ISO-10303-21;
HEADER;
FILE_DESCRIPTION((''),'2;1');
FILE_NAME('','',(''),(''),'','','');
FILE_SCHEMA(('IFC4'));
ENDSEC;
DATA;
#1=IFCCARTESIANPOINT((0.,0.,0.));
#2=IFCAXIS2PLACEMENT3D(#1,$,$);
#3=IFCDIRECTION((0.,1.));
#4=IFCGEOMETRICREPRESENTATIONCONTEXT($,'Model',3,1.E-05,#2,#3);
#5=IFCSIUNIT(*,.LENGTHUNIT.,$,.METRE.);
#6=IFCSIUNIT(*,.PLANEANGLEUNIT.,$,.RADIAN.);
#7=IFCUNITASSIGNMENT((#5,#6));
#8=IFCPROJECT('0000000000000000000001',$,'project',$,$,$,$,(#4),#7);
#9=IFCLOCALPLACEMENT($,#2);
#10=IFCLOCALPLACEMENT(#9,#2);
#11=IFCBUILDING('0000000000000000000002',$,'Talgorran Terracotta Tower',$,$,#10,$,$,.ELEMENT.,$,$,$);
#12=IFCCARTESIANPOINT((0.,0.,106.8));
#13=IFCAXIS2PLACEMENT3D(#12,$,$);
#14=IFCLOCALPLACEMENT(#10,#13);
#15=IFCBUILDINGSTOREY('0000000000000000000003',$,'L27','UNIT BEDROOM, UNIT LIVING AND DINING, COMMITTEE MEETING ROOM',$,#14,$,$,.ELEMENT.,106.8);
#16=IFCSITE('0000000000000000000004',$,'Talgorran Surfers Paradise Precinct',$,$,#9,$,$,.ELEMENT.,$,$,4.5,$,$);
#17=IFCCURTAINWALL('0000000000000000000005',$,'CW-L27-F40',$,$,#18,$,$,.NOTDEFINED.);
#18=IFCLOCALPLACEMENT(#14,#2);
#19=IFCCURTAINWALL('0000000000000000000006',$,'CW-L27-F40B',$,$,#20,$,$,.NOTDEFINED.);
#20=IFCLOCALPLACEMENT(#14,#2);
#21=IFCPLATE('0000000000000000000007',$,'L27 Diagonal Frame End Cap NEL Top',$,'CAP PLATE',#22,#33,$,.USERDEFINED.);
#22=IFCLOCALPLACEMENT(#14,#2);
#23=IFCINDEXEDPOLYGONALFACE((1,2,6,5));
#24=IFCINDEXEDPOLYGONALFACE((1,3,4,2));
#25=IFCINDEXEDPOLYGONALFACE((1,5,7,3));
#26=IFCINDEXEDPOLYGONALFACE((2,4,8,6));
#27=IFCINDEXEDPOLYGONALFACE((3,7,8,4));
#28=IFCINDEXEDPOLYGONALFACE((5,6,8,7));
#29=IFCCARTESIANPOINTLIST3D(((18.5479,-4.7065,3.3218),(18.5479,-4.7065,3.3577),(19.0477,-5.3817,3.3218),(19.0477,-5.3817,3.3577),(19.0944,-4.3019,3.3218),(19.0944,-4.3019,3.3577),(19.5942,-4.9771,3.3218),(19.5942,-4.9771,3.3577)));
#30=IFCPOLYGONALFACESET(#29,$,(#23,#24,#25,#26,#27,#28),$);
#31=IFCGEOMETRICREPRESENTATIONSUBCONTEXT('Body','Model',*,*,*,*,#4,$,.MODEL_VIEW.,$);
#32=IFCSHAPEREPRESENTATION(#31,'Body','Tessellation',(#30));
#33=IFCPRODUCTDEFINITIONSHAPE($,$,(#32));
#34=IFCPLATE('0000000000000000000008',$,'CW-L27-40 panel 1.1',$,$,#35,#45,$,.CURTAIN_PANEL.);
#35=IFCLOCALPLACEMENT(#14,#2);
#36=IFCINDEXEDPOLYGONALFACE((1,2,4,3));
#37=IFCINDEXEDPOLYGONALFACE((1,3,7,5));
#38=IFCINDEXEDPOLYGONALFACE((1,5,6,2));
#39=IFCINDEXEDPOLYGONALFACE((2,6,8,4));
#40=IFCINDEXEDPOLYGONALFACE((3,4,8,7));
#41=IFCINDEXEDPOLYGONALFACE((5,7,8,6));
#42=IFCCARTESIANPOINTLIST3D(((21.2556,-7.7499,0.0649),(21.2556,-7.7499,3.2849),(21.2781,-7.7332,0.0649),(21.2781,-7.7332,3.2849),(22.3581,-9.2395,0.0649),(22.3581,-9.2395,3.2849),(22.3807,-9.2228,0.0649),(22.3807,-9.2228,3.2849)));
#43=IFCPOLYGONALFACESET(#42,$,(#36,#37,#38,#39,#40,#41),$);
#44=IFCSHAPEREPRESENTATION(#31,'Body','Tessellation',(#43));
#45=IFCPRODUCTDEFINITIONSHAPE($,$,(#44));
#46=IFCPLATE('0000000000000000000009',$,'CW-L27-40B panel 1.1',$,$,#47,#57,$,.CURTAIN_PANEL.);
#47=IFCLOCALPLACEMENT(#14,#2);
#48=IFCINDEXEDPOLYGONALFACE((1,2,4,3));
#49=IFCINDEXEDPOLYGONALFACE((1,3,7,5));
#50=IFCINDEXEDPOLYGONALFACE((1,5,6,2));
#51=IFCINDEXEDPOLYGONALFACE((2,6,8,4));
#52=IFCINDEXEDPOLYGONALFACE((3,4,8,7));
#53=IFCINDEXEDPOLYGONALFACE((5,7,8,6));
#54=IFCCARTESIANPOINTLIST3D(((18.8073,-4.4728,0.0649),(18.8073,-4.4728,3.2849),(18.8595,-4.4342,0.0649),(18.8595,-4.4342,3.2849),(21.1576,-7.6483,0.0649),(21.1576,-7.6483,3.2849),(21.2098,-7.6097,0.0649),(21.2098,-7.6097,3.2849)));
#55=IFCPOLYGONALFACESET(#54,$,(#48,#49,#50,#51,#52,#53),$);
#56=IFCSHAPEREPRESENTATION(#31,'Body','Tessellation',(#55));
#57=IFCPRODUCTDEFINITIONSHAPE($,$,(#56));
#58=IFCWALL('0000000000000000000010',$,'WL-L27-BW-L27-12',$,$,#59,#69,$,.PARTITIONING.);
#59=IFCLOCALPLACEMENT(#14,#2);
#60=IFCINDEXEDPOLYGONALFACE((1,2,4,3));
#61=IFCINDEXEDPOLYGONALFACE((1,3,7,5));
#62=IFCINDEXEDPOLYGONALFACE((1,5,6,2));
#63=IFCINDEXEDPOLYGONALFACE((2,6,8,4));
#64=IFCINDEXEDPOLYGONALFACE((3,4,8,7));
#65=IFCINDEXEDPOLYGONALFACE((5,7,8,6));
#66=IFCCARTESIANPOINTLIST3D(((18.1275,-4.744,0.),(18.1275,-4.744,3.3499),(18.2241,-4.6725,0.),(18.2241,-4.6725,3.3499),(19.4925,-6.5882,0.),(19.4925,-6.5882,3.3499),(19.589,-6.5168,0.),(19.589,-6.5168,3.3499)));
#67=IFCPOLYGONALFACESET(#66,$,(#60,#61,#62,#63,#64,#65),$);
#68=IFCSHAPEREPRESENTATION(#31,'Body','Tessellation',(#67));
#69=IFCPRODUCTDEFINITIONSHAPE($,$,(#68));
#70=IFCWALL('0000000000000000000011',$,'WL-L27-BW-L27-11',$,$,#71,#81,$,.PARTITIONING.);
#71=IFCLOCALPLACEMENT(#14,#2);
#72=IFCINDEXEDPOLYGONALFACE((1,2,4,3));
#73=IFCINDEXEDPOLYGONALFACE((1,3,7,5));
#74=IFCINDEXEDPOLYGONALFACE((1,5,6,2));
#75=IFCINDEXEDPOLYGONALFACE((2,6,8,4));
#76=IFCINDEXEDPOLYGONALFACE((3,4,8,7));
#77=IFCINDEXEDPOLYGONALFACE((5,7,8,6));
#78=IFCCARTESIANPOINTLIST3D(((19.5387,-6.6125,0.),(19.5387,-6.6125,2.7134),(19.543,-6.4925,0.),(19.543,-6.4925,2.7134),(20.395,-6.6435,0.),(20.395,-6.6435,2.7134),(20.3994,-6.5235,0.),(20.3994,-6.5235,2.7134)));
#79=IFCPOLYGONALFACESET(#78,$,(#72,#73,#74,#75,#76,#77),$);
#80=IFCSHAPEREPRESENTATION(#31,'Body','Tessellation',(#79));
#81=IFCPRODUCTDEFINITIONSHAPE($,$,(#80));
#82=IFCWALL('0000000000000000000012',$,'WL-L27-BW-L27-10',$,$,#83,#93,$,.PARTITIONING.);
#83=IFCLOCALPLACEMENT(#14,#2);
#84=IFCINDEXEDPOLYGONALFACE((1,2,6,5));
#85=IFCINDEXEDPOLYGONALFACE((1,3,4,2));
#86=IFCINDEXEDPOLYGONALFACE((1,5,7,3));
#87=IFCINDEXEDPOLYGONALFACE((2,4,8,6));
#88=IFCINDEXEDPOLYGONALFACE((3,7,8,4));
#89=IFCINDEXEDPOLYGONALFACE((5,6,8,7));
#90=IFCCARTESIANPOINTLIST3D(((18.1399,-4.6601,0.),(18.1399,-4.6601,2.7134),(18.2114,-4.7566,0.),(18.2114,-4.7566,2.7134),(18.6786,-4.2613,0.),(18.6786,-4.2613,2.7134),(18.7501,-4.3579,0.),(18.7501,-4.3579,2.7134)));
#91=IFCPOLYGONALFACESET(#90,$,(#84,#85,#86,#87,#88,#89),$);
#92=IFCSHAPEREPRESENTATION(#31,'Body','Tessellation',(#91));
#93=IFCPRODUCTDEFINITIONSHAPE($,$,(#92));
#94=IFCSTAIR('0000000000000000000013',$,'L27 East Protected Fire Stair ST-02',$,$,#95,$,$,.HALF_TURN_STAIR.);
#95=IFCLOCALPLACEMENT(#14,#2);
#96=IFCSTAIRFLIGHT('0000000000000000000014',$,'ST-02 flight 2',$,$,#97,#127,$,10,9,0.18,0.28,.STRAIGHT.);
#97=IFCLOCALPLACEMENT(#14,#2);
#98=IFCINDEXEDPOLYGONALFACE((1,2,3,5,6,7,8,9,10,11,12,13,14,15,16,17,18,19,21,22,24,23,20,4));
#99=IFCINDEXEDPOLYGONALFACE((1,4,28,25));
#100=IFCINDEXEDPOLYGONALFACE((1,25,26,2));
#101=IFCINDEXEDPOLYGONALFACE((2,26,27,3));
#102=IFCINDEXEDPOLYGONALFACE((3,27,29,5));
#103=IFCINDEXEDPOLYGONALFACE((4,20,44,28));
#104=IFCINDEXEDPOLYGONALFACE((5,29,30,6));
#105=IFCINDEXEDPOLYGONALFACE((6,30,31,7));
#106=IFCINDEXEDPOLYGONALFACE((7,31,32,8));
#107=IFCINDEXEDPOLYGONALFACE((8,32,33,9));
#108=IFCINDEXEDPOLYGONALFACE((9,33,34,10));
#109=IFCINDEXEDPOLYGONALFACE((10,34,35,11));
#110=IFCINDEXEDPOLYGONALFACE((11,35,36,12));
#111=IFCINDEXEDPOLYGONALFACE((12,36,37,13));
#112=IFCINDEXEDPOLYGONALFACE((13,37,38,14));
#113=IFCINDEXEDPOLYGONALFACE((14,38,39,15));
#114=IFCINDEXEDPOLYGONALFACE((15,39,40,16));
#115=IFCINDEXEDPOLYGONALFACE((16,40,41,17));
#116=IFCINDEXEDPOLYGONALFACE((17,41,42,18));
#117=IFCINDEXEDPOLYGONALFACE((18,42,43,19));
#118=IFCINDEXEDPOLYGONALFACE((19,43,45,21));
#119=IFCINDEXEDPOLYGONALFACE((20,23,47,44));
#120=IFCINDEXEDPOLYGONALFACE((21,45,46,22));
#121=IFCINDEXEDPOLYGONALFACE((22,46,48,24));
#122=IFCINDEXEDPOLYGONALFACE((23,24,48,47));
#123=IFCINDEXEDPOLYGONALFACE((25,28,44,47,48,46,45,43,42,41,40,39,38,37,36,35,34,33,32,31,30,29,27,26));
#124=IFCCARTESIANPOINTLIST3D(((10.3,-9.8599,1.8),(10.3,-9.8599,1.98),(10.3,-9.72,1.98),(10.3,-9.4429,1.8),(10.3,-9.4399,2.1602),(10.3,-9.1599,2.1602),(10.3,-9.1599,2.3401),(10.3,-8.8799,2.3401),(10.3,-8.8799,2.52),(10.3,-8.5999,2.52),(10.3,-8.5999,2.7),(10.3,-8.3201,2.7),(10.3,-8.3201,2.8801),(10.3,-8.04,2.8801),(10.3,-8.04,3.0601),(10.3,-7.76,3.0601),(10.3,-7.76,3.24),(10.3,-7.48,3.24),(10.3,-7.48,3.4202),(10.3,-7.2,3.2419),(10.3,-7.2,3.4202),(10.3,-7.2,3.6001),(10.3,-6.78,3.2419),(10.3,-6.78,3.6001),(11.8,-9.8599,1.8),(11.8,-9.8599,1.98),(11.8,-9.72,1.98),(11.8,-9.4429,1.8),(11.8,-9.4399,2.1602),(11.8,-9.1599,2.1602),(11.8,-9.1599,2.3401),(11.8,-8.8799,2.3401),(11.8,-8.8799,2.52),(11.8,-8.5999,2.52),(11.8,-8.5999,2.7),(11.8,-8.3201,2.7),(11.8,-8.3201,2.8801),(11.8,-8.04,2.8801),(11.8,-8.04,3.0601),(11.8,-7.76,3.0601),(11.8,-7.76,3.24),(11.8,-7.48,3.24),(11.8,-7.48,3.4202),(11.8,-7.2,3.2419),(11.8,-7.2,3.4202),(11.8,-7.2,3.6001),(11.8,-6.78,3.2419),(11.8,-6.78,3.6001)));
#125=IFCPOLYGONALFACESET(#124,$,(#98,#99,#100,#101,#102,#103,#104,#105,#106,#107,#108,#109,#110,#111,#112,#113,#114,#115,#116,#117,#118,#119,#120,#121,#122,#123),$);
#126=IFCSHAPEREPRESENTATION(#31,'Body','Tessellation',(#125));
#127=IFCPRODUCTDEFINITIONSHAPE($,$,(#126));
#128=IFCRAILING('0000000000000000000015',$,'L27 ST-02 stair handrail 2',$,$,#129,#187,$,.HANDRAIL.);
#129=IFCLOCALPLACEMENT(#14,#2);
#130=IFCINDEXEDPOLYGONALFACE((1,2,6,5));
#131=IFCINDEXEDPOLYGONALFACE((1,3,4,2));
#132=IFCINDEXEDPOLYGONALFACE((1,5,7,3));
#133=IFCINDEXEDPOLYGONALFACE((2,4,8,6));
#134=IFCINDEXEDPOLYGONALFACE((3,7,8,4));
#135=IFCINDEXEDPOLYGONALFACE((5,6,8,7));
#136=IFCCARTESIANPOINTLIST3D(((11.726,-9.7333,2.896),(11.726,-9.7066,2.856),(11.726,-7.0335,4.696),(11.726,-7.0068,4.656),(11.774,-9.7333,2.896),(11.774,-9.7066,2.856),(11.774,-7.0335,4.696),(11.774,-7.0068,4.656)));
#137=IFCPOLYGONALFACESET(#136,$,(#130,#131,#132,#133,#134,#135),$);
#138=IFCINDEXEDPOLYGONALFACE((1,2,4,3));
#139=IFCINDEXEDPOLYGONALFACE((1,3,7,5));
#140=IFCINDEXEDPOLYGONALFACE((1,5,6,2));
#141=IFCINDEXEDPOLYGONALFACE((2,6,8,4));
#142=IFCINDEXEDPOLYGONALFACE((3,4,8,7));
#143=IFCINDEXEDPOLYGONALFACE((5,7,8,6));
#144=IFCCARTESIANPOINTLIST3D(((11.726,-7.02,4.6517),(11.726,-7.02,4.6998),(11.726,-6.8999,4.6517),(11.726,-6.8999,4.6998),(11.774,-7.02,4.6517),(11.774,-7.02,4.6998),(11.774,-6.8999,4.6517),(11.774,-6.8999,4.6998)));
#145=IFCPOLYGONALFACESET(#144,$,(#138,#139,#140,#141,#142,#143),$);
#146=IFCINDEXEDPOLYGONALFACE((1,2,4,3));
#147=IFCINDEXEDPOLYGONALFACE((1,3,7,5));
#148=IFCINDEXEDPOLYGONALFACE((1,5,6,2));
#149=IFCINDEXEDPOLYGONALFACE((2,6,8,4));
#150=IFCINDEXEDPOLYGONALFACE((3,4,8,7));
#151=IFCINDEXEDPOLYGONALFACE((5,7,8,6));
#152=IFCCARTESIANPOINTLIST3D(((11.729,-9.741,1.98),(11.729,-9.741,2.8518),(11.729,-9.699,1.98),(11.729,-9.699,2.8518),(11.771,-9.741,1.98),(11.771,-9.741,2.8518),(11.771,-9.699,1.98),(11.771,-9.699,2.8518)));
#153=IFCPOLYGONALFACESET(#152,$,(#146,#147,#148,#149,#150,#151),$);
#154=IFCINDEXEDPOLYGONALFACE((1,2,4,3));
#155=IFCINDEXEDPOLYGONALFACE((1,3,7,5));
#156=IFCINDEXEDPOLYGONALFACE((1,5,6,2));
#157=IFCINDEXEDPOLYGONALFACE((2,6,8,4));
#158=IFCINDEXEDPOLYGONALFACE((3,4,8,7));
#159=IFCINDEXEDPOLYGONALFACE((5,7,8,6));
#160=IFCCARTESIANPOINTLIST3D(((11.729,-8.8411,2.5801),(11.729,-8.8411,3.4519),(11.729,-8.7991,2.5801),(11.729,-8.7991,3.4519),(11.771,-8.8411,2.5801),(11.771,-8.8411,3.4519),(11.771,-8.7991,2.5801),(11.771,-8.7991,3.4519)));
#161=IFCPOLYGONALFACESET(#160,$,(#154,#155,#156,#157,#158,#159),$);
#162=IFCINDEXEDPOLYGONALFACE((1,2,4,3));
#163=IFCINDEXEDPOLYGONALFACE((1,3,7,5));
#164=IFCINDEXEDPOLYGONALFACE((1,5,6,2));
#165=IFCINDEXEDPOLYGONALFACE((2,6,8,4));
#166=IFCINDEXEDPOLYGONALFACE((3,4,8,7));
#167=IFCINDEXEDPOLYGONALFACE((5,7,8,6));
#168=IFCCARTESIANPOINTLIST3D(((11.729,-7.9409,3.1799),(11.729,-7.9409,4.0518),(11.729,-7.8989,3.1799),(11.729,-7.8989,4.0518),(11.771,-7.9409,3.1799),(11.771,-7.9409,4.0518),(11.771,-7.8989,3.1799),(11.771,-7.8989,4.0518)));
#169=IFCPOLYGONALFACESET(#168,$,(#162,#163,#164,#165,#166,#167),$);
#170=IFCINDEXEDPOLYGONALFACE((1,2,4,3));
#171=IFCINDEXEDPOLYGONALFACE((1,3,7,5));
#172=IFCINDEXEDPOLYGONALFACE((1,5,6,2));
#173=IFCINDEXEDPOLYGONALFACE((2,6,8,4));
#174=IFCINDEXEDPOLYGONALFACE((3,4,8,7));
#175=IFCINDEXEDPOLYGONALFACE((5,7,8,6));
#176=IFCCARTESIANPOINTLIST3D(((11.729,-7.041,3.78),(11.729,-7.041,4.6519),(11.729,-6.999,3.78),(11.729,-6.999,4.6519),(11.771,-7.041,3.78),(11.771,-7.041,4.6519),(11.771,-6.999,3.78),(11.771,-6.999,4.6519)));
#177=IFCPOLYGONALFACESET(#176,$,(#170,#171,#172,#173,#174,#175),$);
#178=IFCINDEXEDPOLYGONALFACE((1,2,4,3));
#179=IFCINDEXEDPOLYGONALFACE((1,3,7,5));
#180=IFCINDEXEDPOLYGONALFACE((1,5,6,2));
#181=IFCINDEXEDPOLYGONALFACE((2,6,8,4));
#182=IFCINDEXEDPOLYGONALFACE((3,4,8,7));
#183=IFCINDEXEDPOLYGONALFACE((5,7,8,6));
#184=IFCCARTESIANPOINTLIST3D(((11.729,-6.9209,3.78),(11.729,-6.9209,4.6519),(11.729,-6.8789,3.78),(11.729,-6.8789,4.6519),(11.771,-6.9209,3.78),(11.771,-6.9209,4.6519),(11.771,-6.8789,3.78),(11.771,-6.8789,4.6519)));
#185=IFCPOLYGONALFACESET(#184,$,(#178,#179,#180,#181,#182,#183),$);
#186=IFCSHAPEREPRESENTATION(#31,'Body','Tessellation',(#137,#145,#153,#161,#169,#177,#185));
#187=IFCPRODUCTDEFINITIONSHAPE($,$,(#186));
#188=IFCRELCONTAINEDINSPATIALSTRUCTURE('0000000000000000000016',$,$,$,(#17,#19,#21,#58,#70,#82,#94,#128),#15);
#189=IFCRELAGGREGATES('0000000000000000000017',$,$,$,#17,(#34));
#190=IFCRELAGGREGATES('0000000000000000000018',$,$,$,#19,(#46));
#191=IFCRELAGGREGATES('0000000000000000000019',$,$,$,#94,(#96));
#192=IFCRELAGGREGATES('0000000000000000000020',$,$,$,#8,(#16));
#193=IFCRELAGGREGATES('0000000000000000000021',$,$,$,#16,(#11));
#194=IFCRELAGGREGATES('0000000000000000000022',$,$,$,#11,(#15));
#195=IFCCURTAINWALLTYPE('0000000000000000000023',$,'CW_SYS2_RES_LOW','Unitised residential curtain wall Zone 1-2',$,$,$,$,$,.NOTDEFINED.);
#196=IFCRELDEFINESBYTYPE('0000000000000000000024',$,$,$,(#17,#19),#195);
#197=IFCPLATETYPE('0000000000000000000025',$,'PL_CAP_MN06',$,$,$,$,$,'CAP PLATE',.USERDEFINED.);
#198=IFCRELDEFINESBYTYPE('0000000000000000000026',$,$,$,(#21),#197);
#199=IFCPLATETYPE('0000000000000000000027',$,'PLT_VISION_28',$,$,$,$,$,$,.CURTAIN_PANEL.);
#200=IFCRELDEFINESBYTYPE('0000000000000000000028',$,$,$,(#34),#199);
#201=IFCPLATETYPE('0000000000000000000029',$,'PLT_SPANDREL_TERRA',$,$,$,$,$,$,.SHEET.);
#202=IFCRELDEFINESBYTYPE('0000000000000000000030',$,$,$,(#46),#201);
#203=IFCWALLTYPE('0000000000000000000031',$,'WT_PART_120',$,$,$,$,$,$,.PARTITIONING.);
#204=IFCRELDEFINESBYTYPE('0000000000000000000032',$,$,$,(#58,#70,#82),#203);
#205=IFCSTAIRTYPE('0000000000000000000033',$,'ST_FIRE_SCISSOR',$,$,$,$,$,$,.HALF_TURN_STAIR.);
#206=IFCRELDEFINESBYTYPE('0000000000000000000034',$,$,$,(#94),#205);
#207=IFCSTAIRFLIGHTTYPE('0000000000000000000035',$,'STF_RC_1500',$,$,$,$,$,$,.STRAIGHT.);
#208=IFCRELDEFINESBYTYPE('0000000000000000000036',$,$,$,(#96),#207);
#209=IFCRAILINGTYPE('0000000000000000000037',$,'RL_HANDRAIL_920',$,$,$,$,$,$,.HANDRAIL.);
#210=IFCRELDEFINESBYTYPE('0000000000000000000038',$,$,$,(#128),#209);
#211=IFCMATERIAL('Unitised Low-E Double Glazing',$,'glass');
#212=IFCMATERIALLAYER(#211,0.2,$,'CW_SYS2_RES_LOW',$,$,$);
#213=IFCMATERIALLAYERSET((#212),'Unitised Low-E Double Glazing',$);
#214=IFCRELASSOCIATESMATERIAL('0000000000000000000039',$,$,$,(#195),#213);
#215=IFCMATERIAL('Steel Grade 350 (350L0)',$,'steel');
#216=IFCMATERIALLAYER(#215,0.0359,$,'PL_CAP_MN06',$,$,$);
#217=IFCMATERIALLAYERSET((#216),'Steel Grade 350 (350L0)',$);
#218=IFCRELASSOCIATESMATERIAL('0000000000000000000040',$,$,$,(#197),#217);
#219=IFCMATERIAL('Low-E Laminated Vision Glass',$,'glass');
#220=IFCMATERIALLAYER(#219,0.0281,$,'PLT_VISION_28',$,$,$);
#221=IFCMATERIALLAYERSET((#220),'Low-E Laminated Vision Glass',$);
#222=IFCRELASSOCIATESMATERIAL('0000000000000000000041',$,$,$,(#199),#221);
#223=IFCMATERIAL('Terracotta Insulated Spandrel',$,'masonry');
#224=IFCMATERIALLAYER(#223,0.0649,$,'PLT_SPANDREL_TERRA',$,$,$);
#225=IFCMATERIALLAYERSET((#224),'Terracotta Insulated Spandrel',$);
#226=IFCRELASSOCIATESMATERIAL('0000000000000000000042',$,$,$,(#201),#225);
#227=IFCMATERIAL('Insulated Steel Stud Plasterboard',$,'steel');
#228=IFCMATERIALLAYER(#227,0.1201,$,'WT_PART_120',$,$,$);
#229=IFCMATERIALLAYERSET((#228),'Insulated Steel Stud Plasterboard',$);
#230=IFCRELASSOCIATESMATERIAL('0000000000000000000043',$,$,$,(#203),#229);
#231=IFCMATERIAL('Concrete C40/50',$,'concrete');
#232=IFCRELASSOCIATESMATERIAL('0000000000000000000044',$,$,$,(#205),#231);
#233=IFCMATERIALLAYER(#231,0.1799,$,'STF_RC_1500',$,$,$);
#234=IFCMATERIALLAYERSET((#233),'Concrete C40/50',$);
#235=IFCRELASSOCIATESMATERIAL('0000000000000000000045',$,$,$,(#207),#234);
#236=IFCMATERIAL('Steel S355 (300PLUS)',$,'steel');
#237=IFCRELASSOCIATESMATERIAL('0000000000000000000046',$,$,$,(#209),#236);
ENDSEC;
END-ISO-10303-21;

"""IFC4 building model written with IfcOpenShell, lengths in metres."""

from ifc_helpers import new_model, si_unit, direction, frame, frame_2d, origin, origin_2d, place, context, subcontext, project, spatial, polyline, rectangle, outline, extrude, source, transform, mapped, material, layer, layer_set, type_object, type_shapes, element, aggregate, save


model = new_model("IFC4")

# Units and contexts
model_context = context("Model", 3, precision=1e-05, world=origin(), true_north=direction((0.0, 1.0)))
body_context = subcontext(model_context, "Body", "Model", "MODEL_VIEW")
ifc_project = project(units=[si_unit("LENGTHUNIT", "METRE"), si_unit("PLANEANGLEUNIT", "RADIAN")], contexts=[model_context])

# Site, building, storey
site_placement = place(None, origin())
site = spatial("IfcSite", under=ifc_project, at=site_placement, Name="Talgorran Surfers Paradise Precinct", CompositionType="ELEMENT", RefElevation=4.5)
building_placement = place(site_placement, origin())
building = spatial("IfcBuilding", under=site, at=building_placement, Name="Talgorran Terracotta Tower", CompositionType="ELEMENT")
storey_placement = place(building_placement, frame((0.0, 0.0, 106.8)))
storey = spatial("IfcBuildingStorey", under=building, at=storey_placement, Name="L27", Description="UNIT BEDROOM, UNIT LIVING AND DINING, COMMITTEE MEETING ROOM", CompositionType="ELEMENT", Elevation=106.8)

# Shared definitions
ifc_material_1 = material(Name="Steel Grade 350 (350L0)", Category="steel")

# Shared definitions
ifc_material_2 = material(Name="Steel S355 (300PLUS)", Category="steel")

# Shared definitions
ifc_material_3 = material(Name="Unitised Low-E Double Glazing", Category="glass")
ifc_layer_1 = layer(ifc_material_3, 0.2, Name="CW_SYS2_RES_LOW")
ifc_layer_set_1 = layer_set([ifc_layer_1], Name="Unitised Low-E Double Glazing")
curtain_wall_type = type_object("IfcCurtainWallType", Name="CW_SYS2_RES_LOW", Description="Unitised residential curtain wall Zone 1-2", PredefinedType="NOTDEFINED", material=ifc_layer_set_1)

# Curtain wall
curtain_wall_1_placement = place(storey_placement, origin())
curtain_wall_1 = element("IfcCurtainWall", 1, at=curtain_wall_1_placement, inside=storey, type_object=curtain_wall_type, Name="CW-L27-F40", PredefinedType="NOTDEFINED")

# Curtain wall
curtain_wall_2_placement = place(storey_placement, origin())
curtain_wall_2 = element("IfcCurtainWall", 2, at=curtain_wall_2_placement, inside=storey, type_object=curtain_wall_type, Name="CW-L27-F40B", PredefinedType="NOTDEFINED")

# Plate
ifc_layer_2 = layer(ifc_material_1, 0.0359, Name="PL_CAP_MN06")
ifc_layer_set_2 = layer_set([ifc_layer_2], Name="Steel Grade 350 (350L0)")
plate_type_1 = type_object("IfcPlateType", Name="PL_CAP_MN06", ElementType="CAP PLATE", PredefinedType="USERDEFINED", material=ifc_layer_set_2)
for number, where, z_axis, x_axis, name in (
    (3, (19.071, -4.8418, 3.3218), (0.0, 0.0, 1.0), (-0.594963, 0.803753, 0.0), "L27 Diagonal Frame End Cap NEL Top"),
):
    element("IfcPlate", number, at=place(storey_placement, frame(where, z_axis=z_axis, x_axis=x_axis)), inside=storey, type_object=plate_type_1, Name=name, ObjectType="CAP PLATE", PredefinedType="USERDEFINED", context=body_context, shape_type="SweptSolid", body=[
        extrude(rectangle(XDim=0.8401, YDim=0.6799, at=origin_2d()), origin(), (0.0, 0.0, 1.0), 0.0359),
    ])

# Plates
ifc_material_4 = material(Name="Low-E Laminated Vision Glass", Category="glass")
ifc_layer_3 = layer(ifc_material_4, 0.0281, Name="PLT_VISION_28")
ifc_layer_set_3 = layer_set([ifc_layer_3], Name="Low-E Laminated Vision Glass")
plate_type_2 = type_object("IfcPlateType", Name="PLT_VISION_28", PredefinedType="CURTAIN_PANEL", material=ifc_layer_set_3)
shared_shape_1 = source(origin(), body_context, "Body", "SweptSolid", [
    extrude(rectangle(XDim=1.8533, YDim=0.0281, at=origin_2d()), origin(), (0.0, 0.0, 1.0), 3.22),
])
type_shapes(plate_type_2, [shared_shape_1])
plate_1_placement = place(storey_placement, frame((21.8181, -8.4863, 0.0649), z_axis=(0.0, 0.0, 1.0), x_axis=(-0.594906, 0.803796, 0.0)))
plate_1 = element("IfcPlate", 4, at=plate_1_placement, type_object=plate_type_2, Name="CW-L27-40 panel 1.1", PredefinedType="CURTAIN_PANEL", context=body_context, shape_type="MappedRepresentation", body=[
    mapped(shared_shape_1, transform((0.0, 0.0, 0.0), scale=1.0)),
])
aggregate(curtain_wall_1, [plate_1])
ifc_material_5 = material(Name="Terracotta Insulated Spandrel", Category="masonry")
ifc_layer_4 = layer(ifc_material_5, 0.0649, Name="PLT_SPANDREL_TERRA")
ifc_layer_set_4 = layer_set([ifc_layer_4], Name="Terracotta Insulated Spandrel")
plate_type_3 = type_object("IfcPlateType", Name="PLT_SPANDREL_TERRA", PredefinedType="SHEET", material=ifc_layer_set_4)
shared_shape_2 = source(origin(), body_context, "Body", "SweptSolid", [
    extrude(rectangle(XDim=3.9507, YDim=0.0649, at=origin_2d()), origin(), (0.0, 0.0, 1.0), 3.22),
])
type_shapes(plate_type_3, [shared_shape_2])
plate_2_placement = place(storey_placement, frame((20.0085, -6.0413, 0.0649), z_axis=(0.0, 0.0, 1.0), x_axis=(-0.59491, 0.803792, 0.0)))
plate_2 = element("IfcPlate", 5, at=plate_2_placement, type_object=plate_type_3, Name="CW-L27-40B panel 1.1", PredefinedType="CURTAIN_PANEL", context=body_context, shape_type="MappedRepresentation", body=[
    mapped(shared_shape_2, transform((0.0, 0.0, 0.0), scale=1.0)),
])
aggregate(curtain_wall_2, [plate_2])

# Walls
ifc_material_6 = material(Name="Insulated Steel Stud Plasterboard", Category="steel")
ifc_layer_5 = layer(ifc_material_6, 0.1201, Name="WT_PART_120")
ifc_layer_set_5 = layer_set([ifc_layer_5], Name="Insulated Steel Stud Plasterboard")
wall_type = type_object("IfcWallType", Name="WT_PART_120", PredefinedType="PARTITIONING", material=ifc_layer_set_5)
wall_1_placement = place(storey_placement, frame((19.5408, -6.5525, 0.0), z_axis=(0.0, 0.0, 1.0), x_axis=(-0.594915, 0.803789, 0.0)))
element("IfcWall", 6, at=wall_1_placement, inside=storey, type_object=wall_type, Name="WL-L27-BW-L27-12", PredefinedType="PARTITIONING", context=body_context, shape_type="SweptSolid", body=[
    extrude(rectangle(XDim=2.2944, YDim=0.1201, at=frame_2d((1.1472, 0.0))), origin(), (0.0, 0.0, 1.0), 3.3499),
])
wall_2_placement = place(storey_placement, frame((20.3972, -6.5835, 0.0), z_axis=(0.0, 0.0, 1.0), x_axis=(-0.999345, 0.036179, 0.0)))
element("IfcWall", 7, at=wall_2_placement, inside=storey, type_object=wall_type, Name="WL-L27-BW-L27-11", PredefinedType="PARTITIONING", context=body_context, shape_type="SweptSolid", body=[
    extrude(rectangle(XDim=0.8569, YDim=0.1201, at=frame_2d((0.4285, 0.0))), origin(), (0.0, 0.0, 1.0), 2.7134),
])
wall_3_placement = place(storey_placement, frame((18.1758, -4.7083, 0.0), z_axis=(0.0, 0.0, 1.0), x_axis=(0.803744, 0.594975, 0.0)))
element("IfcWall", 8, at=wall_3_placement, inside=storey, type_object=wall_type, Name="WL-L27-BW-L27-10", PredefinedType="PARTITIONING", context=body_context, shape_type="SweptSolid", body=[
    extrude(rectangle(XDim=0.6702, YDim=0.1201, at=frame_2d((0.335, 0.0))), origin(), (0.0, 0.0, 1.0), 2.7134),
])

# Stair, stair flight
ifc_material_7 = material(Name="Concrete C40/50", Category="concrete")
stair_type = type_object("IfcStairType", Name="ST_FIRE_SCISSOR", PredefinedType="HALF_TURN_STAIR", material=ifc_material_7)
stair_placement = place(storey_placement, origin())
stair = element("IfcStair", 9, at=stair_placement, inside=storey, type_object=stair_type, Name="L27 East Protected Fire Stair ST-02", PredefinedType="HALF_TURN_STAIR")
ifc_layer_6 = layer(ifc_material_7, 0.1799, Name="STF_RC_1500")
ifc_layer_set_6 = layer_set([ifc_layer_6], Name="Concrete C40/50")
stair_flight_type = type_object("IfcStairFlightType", Name="STF_RC_1500", PredefinedType="STRAIGHT", material=ifc_layer_set_6)
stair_flight_placement = place(storey_placement, frame((11.05, -9.72, 1.8), z_axis=(0.0, 0.0, 1.0), x_axis=(0.0, 1.0, 0.0)))
stair_flight = element("IfcStairFlight", 10, at=stair_flight_placement, type_object=stair_flight_type, Name="ST-02 flight 2", NumberOfRisers=10, NumberOfTreads=9, PredefinedType="STRAIGHT", RiserHeight=0.18, TreadLength=0.28, context=body_context, shape_type="SweptSolid", body=[
    extrude(outline(polyline([(-0.1399, 0.0), (-0.1399, 0.1799), (0.0, 0.1799), (0.28, 0.3601), (0.5601, 0.3601), (0.5601, 0.54), (0.8401, 0.54), (0.8401, 0.72), (1.1201, 0.72), (1.1201, 0.8999), (1.3999, 0.8999), (1.3999, 1.0801), (1.6799, 1.0801), (1.6799, 1.26), (1.96, 1.26), (1.96, 1.4399), (2.24, 1.4399), (2.24, 1.6201), (2.52, 1.6201), (2.52, 1.8), (2.9399, 1.8), (2.9399, 1.4419), (2.52, 1.4419), (0.2771, 0.0), (-0.1399, 0.0)])), frame((0.0, 0.75, 0.0), z_axis=(0.0, -1.0, 0.0), x_axis=(1.0, 0.0, 0.0)), (0.0, 0.0, 1.0), 1.5),
])
aggregate(stair, [stair_flight])

# Railing
railing_type_1 = type_object("IfcRailingType", Name="RL_HANDRAIL_920", PredefinedType="HANDRAIL", material=ifc_material_2)
railing_1_placement = place(storey_placement, frame((11.75, -9.72, 1.98)))
element("IfcRailing", 11, at=railing_1_placement, inside=storey, type_object=railing_type_1, Name="L27 ST-02 stair handrail 2", PredefinedType="HANDRAIL", context=body_context, shape_type="SweptSolid", body=[
    extrude(rectangle(XDim=0.0481, YDim=0.0481, at=origin_2d()), frame((0.0, 0.0, 0.896), z_axis=(0.0, 0.832039, 0.554718), x_axis=(-1.0, 0.0, 0.0)), (0.0, 0.0, 1.0), 3.2449),
    extrude(rectangle(XDim=0.0481, YDim=0.0481, at=origin_2d()), frame((0.0, 2.7, 2.6958), z_axis=(0.0, 1.0, 0.0), x_axis=(-1.0, 0.0, 0.0)), (0.0, 0.0, 1.0), 0.1201),
    extrude(rectangle(XDim=0.042, YDim=0.042, at=origin_2d()), origin(), (0.0, 0.0, 1.0), 0.8718),
    extrude(rectangle(XDim=0.042, YDim=0.042, at=origin_2d()), frame((0.0, 0.8999, 0.6001)), (0.0, 0.0, 1.0), 0.8718),
    extrude(rectangle(XDim=0.042, YDim=0.042, at=origin_2d()), frame((0.0, 1.8, 1.2)), (0.0, 0.0, 1.0), 0.8718),
    extrude(rectangle(XDim=0.042, YDim=0.042, at=origin_2d()), frame((0.0, 2.7, 1.8)), (0.0, 0.0, 1.0), 0.8718),
    extrude(rectangle(XDim=0.042, YDim=0.042, at=origin_2d()), frame((0.0, 2.8201, 1.8)), (0.0, 0.0, 1.0), 0.8718),
])

save(model, "model.ifc")
